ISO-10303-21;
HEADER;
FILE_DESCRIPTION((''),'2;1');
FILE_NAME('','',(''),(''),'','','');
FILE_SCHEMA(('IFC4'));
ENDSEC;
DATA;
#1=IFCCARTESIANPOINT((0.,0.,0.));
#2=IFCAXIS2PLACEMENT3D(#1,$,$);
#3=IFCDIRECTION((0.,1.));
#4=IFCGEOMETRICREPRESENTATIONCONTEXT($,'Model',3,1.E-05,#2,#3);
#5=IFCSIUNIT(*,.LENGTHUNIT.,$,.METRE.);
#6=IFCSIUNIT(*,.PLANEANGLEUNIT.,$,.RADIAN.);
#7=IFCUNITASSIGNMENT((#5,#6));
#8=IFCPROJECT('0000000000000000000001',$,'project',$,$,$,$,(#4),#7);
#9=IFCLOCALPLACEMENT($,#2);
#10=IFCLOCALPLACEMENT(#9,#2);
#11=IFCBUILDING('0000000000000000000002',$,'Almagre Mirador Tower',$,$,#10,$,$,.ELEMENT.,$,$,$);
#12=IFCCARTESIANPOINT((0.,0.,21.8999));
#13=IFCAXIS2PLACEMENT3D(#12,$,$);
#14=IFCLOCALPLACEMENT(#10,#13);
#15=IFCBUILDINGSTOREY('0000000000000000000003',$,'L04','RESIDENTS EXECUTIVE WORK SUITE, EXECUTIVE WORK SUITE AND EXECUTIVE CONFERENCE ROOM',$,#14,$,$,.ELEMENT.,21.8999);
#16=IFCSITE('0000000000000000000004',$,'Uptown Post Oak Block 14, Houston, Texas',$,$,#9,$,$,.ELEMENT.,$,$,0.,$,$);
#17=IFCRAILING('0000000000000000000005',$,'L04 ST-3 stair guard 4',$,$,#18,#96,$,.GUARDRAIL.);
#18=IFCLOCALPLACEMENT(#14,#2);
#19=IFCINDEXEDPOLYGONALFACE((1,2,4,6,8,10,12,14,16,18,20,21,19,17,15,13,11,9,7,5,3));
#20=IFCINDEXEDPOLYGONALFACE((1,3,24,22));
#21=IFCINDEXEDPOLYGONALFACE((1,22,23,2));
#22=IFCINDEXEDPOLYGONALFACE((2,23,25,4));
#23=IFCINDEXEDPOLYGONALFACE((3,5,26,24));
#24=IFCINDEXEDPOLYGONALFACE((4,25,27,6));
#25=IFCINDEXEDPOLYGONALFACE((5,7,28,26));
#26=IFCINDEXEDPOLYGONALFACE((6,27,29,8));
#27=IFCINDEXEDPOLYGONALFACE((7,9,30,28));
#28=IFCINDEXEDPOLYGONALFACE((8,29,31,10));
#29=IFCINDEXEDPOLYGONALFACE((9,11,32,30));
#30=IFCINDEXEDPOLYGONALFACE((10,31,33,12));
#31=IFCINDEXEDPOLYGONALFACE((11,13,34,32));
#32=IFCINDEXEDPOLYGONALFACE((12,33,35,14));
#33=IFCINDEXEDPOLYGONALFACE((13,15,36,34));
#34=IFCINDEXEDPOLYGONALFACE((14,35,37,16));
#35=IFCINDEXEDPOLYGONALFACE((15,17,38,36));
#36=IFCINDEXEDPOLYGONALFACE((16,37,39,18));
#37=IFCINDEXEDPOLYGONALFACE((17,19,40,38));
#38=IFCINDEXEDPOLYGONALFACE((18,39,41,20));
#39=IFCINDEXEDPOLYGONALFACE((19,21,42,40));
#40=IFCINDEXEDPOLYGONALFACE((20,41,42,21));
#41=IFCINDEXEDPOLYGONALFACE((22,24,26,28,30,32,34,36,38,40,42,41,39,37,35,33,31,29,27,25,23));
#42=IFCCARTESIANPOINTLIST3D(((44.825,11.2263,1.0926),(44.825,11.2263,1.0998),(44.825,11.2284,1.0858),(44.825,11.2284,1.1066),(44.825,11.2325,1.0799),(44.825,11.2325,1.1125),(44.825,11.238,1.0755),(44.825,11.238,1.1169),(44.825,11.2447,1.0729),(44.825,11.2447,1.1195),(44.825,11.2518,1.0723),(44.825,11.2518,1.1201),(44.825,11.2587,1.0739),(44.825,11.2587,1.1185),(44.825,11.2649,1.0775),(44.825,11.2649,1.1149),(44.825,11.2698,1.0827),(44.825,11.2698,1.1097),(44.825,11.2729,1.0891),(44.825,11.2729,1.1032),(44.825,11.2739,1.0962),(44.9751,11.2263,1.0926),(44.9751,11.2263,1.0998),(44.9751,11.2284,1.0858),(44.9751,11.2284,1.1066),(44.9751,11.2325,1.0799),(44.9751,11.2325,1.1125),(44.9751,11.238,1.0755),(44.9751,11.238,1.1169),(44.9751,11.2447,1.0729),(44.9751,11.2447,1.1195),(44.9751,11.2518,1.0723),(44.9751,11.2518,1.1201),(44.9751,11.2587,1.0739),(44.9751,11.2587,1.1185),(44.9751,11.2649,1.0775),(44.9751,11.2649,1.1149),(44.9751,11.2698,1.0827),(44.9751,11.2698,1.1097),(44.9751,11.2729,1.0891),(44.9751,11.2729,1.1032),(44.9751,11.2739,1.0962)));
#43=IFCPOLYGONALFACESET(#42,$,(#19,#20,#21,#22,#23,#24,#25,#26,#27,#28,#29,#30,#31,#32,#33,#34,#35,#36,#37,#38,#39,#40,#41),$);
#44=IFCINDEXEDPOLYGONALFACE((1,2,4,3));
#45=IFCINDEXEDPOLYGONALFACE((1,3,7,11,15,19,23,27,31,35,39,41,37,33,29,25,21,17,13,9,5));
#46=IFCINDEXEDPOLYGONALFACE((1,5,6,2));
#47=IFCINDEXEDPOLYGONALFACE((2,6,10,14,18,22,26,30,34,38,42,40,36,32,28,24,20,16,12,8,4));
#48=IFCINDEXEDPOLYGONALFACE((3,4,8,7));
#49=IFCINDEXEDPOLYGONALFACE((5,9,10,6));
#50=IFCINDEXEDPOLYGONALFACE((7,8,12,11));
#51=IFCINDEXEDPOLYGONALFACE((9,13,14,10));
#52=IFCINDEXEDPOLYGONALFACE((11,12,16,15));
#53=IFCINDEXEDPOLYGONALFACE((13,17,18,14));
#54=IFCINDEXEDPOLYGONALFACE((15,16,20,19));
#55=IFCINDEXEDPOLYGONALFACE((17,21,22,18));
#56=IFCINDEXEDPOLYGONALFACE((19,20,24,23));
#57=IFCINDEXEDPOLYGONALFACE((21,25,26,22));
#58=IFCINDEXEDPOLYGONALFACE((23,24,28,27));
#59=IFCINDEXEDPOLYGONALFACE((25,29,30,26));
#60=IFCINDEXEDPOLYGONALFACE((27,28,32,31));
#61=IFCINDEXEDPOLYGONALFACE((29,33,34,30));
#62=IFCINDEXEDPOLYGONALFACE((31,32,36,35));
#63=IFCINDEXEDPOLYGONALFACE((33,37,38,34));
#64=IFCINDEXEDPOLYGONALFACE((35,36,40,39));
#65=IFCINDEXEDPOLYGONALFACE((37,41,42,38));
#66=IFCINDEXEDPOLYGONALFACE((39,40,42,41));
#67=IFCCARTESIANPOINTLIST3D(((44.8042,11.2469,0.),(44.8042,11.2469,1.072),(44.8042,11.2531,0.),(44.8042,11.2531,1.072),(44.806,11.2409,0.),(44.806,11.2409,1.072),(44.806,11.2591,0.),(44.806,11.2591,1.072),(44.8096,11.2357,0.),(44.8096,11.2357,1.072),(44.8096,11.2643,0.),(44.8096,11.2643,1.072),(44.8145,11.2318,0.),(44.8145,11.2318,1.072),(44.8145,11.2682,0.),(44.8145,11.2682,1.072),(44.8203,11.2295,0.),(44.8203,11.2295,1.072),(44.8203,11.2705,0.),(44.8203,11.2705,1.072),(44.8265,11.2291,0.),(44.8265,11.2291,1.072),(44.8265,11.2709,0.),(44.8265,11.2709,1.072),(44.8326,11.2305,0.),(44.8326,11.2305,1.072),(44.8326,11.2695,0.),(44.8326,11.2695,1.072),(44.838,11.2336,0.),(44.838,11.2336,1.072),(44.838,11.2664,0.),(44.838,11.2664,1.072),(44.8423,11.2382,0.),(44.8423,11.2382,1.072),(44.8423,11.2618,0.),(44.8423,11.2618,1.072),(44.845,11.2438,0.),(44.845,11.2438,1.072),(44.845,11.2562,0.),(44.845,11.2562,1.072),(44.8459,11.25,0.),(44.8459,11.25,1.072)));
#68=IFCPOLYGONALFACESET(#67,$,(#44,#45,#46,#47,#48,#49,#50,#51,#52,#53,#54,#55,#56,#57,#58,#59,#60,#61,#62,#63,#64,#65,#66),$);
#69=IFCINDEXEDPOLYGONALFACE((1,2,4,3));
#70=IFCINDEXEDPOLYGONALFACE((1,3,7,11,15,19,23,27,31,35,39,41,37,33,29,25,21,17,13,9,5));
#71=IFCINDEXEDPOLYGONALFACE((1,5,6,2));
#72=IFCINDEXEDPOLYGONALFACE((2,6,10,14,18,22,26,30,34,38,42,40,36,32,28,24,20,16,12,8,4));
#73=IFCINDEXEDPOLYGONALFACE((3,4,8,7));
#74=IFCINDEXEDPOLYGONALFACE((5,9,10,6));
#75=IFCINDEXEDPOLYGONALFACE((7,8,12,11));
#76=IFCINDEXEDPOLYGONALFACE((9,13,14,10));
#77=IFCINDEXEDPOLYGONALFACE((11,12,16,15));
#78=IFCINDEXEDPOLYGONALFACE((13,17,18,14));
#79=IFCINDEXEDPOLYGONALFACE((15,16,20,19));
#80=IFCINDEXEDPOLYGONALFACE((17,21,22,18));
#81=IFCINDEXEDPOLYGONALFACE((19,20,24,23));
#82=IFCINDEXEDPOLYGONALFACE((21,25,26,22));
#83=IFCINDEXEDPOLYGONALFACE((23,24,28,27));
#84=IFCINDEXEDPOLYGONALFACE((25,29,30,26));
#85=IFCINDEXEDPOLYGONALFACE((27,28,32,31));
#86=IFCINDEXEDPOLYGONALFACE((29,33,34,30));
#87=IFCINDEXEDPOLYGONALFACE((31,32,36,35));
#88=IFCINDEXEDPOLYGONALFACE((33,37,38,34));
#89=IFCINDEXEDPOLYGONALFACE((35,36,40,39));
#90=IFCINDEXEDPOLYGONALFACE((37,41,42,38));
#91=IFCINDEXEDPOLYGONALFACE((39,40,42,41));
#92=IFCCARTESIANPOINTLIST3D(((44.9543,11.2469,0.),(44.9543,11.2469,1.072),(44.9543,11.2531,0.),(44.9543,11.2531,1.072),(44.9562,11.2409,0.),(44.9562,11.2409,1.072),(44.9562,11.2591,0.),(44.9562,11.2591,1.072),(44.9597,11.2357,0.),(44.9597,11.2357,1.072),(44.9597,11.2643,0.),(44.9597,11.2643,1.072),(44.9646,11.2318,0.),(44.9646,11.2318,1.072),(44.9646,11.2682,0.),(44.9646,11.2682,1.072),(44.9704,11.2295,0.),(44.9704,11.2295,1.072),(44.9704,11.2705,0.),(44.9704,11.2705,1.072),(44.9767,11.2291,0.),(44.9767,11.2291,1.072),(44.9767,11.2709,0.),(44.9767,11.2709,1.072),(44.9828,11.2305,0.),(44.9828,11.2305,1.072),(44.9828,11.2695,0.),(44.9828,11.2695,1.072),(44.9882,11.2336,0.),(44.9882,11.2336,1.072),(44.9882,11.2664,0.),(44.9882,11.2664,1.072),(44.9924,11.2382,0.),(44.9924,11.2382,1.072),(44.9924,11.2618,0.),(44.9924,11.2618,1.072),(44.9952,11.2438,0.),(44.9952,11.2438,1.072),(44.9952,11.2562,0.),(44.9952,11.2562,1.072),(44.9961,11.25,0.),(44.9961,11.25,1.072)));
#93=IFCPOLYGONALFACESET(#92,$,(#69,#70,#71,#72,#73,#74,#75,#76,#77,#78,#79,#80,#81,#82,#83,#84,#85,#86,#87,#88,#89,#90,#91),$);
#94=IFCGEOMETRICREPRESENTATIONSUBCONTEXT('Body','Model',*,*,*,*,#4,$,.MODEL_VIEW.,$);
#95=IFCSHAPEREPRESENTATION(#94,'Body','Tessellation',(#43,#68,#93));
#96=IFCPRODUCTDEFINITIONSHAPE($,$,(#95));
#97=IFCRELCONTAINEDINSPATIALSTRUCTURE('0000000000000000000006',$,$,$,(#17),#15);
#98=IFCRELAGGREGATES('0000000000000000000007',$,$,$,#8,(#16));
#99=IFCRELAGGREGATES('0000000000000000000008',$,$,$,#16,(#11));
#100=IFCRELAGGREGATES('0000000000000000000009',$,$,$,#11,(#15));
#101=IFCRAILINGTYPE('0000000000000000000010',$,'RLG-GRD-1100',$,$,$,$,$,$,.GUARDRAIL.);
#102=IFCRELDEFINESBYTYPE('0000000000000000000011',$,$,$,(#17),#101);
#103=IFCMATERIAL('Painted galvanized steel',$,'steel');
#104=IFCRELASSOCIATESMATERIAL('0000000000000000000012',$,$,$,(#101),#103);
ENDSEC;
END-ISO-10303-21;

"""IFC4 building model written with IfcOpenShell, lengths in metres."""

from ifc_helpers import new_model, si_unit, direction, frame, origin, origin_2d, place, context, subcontext, project, spatial, circle, extrude, material, type_object, element, save


model = new_model("IFC4")

# Units and contexts
model_context = context("Model", 3, precision=1e-05, world=origin(), true_north=direction((0.0, 1.0)))
body_context = subcontext(model_context, "Body", "Model", "MODEL_VIEW")
ifc_project = project(units=[si_unit("LENGTHUNIT", "METRE"), si_unit("PLANEANGLEUNIT", "RADIAN")], contexts=[model_context])

# Site, building, storey
site_placement = place(None, origin())
site = spatial("IfcSite", under=ifc_project, at=site_placement, Name="Uptown Post Oak Block 14, Houston, Texas", CompositionType="ELEMENT", RefElevation=0.0)
building_placement = place(site_placement, origin())
building = spatial("IfcBuilding", under=site, at=building_placement, Name="Almagre Mirador Tower", CompositionType="ELEMENT")
storey_placement = place(building_placement, frame((0.0, 0.0, 21.8999)))
storey = spatial("IfcBuildingStorey", under=building, at=storey_placement, Name="L04", Description="RESIDENTS EXECUTIVE WORK SUITE, EXECUTIVE WORK SUITE AND EXECUTIVE CONFERENCE ROOM", CompositionType="ELEMENT", Elevation=21.8999)

# Railing
ifc_material_1 = material(Name="Painted galvanized steel", Category="steel")
railing_type_1 = type_object("IfcRailingType", Name="RLG-GRD-1100", PredefinedType="GUARDRAIL", material=ifc_material_1)
railing_1_placement = place(storey_placement, frame((44.825, 11.25, 0.0)))
element("IfcRailing", 1, at=railing_1_placement, inside=storey, type_object=railing_type_1, Name="L04 ST-3 stair guard 4", PredefinedType="GUARDRAIL", context=body_context, shape_type="SweptSolid", body=[
    extrude(circle(Radius=0.0239, at=origin_2d()), frame((0.0, 0.0, 1.0962), z_axis=(1.0, 0.0, 0.0), x_axis=(0.0, 1.0, 0.0)), (0.0, 0.0, 1.0), 0.1501),
    extrude(circle(Radius=0.021, at=origin_2d()), origin(), (0.0, 0.0, 1.0), 1.072),
    extrude(circle(Radius=0.021, at=origin_2d()), frame((0.1501, 0.0, 0.0)), (0.0, 0.0, 1.0), 1.072),
])

save(model, "model.ifc")
